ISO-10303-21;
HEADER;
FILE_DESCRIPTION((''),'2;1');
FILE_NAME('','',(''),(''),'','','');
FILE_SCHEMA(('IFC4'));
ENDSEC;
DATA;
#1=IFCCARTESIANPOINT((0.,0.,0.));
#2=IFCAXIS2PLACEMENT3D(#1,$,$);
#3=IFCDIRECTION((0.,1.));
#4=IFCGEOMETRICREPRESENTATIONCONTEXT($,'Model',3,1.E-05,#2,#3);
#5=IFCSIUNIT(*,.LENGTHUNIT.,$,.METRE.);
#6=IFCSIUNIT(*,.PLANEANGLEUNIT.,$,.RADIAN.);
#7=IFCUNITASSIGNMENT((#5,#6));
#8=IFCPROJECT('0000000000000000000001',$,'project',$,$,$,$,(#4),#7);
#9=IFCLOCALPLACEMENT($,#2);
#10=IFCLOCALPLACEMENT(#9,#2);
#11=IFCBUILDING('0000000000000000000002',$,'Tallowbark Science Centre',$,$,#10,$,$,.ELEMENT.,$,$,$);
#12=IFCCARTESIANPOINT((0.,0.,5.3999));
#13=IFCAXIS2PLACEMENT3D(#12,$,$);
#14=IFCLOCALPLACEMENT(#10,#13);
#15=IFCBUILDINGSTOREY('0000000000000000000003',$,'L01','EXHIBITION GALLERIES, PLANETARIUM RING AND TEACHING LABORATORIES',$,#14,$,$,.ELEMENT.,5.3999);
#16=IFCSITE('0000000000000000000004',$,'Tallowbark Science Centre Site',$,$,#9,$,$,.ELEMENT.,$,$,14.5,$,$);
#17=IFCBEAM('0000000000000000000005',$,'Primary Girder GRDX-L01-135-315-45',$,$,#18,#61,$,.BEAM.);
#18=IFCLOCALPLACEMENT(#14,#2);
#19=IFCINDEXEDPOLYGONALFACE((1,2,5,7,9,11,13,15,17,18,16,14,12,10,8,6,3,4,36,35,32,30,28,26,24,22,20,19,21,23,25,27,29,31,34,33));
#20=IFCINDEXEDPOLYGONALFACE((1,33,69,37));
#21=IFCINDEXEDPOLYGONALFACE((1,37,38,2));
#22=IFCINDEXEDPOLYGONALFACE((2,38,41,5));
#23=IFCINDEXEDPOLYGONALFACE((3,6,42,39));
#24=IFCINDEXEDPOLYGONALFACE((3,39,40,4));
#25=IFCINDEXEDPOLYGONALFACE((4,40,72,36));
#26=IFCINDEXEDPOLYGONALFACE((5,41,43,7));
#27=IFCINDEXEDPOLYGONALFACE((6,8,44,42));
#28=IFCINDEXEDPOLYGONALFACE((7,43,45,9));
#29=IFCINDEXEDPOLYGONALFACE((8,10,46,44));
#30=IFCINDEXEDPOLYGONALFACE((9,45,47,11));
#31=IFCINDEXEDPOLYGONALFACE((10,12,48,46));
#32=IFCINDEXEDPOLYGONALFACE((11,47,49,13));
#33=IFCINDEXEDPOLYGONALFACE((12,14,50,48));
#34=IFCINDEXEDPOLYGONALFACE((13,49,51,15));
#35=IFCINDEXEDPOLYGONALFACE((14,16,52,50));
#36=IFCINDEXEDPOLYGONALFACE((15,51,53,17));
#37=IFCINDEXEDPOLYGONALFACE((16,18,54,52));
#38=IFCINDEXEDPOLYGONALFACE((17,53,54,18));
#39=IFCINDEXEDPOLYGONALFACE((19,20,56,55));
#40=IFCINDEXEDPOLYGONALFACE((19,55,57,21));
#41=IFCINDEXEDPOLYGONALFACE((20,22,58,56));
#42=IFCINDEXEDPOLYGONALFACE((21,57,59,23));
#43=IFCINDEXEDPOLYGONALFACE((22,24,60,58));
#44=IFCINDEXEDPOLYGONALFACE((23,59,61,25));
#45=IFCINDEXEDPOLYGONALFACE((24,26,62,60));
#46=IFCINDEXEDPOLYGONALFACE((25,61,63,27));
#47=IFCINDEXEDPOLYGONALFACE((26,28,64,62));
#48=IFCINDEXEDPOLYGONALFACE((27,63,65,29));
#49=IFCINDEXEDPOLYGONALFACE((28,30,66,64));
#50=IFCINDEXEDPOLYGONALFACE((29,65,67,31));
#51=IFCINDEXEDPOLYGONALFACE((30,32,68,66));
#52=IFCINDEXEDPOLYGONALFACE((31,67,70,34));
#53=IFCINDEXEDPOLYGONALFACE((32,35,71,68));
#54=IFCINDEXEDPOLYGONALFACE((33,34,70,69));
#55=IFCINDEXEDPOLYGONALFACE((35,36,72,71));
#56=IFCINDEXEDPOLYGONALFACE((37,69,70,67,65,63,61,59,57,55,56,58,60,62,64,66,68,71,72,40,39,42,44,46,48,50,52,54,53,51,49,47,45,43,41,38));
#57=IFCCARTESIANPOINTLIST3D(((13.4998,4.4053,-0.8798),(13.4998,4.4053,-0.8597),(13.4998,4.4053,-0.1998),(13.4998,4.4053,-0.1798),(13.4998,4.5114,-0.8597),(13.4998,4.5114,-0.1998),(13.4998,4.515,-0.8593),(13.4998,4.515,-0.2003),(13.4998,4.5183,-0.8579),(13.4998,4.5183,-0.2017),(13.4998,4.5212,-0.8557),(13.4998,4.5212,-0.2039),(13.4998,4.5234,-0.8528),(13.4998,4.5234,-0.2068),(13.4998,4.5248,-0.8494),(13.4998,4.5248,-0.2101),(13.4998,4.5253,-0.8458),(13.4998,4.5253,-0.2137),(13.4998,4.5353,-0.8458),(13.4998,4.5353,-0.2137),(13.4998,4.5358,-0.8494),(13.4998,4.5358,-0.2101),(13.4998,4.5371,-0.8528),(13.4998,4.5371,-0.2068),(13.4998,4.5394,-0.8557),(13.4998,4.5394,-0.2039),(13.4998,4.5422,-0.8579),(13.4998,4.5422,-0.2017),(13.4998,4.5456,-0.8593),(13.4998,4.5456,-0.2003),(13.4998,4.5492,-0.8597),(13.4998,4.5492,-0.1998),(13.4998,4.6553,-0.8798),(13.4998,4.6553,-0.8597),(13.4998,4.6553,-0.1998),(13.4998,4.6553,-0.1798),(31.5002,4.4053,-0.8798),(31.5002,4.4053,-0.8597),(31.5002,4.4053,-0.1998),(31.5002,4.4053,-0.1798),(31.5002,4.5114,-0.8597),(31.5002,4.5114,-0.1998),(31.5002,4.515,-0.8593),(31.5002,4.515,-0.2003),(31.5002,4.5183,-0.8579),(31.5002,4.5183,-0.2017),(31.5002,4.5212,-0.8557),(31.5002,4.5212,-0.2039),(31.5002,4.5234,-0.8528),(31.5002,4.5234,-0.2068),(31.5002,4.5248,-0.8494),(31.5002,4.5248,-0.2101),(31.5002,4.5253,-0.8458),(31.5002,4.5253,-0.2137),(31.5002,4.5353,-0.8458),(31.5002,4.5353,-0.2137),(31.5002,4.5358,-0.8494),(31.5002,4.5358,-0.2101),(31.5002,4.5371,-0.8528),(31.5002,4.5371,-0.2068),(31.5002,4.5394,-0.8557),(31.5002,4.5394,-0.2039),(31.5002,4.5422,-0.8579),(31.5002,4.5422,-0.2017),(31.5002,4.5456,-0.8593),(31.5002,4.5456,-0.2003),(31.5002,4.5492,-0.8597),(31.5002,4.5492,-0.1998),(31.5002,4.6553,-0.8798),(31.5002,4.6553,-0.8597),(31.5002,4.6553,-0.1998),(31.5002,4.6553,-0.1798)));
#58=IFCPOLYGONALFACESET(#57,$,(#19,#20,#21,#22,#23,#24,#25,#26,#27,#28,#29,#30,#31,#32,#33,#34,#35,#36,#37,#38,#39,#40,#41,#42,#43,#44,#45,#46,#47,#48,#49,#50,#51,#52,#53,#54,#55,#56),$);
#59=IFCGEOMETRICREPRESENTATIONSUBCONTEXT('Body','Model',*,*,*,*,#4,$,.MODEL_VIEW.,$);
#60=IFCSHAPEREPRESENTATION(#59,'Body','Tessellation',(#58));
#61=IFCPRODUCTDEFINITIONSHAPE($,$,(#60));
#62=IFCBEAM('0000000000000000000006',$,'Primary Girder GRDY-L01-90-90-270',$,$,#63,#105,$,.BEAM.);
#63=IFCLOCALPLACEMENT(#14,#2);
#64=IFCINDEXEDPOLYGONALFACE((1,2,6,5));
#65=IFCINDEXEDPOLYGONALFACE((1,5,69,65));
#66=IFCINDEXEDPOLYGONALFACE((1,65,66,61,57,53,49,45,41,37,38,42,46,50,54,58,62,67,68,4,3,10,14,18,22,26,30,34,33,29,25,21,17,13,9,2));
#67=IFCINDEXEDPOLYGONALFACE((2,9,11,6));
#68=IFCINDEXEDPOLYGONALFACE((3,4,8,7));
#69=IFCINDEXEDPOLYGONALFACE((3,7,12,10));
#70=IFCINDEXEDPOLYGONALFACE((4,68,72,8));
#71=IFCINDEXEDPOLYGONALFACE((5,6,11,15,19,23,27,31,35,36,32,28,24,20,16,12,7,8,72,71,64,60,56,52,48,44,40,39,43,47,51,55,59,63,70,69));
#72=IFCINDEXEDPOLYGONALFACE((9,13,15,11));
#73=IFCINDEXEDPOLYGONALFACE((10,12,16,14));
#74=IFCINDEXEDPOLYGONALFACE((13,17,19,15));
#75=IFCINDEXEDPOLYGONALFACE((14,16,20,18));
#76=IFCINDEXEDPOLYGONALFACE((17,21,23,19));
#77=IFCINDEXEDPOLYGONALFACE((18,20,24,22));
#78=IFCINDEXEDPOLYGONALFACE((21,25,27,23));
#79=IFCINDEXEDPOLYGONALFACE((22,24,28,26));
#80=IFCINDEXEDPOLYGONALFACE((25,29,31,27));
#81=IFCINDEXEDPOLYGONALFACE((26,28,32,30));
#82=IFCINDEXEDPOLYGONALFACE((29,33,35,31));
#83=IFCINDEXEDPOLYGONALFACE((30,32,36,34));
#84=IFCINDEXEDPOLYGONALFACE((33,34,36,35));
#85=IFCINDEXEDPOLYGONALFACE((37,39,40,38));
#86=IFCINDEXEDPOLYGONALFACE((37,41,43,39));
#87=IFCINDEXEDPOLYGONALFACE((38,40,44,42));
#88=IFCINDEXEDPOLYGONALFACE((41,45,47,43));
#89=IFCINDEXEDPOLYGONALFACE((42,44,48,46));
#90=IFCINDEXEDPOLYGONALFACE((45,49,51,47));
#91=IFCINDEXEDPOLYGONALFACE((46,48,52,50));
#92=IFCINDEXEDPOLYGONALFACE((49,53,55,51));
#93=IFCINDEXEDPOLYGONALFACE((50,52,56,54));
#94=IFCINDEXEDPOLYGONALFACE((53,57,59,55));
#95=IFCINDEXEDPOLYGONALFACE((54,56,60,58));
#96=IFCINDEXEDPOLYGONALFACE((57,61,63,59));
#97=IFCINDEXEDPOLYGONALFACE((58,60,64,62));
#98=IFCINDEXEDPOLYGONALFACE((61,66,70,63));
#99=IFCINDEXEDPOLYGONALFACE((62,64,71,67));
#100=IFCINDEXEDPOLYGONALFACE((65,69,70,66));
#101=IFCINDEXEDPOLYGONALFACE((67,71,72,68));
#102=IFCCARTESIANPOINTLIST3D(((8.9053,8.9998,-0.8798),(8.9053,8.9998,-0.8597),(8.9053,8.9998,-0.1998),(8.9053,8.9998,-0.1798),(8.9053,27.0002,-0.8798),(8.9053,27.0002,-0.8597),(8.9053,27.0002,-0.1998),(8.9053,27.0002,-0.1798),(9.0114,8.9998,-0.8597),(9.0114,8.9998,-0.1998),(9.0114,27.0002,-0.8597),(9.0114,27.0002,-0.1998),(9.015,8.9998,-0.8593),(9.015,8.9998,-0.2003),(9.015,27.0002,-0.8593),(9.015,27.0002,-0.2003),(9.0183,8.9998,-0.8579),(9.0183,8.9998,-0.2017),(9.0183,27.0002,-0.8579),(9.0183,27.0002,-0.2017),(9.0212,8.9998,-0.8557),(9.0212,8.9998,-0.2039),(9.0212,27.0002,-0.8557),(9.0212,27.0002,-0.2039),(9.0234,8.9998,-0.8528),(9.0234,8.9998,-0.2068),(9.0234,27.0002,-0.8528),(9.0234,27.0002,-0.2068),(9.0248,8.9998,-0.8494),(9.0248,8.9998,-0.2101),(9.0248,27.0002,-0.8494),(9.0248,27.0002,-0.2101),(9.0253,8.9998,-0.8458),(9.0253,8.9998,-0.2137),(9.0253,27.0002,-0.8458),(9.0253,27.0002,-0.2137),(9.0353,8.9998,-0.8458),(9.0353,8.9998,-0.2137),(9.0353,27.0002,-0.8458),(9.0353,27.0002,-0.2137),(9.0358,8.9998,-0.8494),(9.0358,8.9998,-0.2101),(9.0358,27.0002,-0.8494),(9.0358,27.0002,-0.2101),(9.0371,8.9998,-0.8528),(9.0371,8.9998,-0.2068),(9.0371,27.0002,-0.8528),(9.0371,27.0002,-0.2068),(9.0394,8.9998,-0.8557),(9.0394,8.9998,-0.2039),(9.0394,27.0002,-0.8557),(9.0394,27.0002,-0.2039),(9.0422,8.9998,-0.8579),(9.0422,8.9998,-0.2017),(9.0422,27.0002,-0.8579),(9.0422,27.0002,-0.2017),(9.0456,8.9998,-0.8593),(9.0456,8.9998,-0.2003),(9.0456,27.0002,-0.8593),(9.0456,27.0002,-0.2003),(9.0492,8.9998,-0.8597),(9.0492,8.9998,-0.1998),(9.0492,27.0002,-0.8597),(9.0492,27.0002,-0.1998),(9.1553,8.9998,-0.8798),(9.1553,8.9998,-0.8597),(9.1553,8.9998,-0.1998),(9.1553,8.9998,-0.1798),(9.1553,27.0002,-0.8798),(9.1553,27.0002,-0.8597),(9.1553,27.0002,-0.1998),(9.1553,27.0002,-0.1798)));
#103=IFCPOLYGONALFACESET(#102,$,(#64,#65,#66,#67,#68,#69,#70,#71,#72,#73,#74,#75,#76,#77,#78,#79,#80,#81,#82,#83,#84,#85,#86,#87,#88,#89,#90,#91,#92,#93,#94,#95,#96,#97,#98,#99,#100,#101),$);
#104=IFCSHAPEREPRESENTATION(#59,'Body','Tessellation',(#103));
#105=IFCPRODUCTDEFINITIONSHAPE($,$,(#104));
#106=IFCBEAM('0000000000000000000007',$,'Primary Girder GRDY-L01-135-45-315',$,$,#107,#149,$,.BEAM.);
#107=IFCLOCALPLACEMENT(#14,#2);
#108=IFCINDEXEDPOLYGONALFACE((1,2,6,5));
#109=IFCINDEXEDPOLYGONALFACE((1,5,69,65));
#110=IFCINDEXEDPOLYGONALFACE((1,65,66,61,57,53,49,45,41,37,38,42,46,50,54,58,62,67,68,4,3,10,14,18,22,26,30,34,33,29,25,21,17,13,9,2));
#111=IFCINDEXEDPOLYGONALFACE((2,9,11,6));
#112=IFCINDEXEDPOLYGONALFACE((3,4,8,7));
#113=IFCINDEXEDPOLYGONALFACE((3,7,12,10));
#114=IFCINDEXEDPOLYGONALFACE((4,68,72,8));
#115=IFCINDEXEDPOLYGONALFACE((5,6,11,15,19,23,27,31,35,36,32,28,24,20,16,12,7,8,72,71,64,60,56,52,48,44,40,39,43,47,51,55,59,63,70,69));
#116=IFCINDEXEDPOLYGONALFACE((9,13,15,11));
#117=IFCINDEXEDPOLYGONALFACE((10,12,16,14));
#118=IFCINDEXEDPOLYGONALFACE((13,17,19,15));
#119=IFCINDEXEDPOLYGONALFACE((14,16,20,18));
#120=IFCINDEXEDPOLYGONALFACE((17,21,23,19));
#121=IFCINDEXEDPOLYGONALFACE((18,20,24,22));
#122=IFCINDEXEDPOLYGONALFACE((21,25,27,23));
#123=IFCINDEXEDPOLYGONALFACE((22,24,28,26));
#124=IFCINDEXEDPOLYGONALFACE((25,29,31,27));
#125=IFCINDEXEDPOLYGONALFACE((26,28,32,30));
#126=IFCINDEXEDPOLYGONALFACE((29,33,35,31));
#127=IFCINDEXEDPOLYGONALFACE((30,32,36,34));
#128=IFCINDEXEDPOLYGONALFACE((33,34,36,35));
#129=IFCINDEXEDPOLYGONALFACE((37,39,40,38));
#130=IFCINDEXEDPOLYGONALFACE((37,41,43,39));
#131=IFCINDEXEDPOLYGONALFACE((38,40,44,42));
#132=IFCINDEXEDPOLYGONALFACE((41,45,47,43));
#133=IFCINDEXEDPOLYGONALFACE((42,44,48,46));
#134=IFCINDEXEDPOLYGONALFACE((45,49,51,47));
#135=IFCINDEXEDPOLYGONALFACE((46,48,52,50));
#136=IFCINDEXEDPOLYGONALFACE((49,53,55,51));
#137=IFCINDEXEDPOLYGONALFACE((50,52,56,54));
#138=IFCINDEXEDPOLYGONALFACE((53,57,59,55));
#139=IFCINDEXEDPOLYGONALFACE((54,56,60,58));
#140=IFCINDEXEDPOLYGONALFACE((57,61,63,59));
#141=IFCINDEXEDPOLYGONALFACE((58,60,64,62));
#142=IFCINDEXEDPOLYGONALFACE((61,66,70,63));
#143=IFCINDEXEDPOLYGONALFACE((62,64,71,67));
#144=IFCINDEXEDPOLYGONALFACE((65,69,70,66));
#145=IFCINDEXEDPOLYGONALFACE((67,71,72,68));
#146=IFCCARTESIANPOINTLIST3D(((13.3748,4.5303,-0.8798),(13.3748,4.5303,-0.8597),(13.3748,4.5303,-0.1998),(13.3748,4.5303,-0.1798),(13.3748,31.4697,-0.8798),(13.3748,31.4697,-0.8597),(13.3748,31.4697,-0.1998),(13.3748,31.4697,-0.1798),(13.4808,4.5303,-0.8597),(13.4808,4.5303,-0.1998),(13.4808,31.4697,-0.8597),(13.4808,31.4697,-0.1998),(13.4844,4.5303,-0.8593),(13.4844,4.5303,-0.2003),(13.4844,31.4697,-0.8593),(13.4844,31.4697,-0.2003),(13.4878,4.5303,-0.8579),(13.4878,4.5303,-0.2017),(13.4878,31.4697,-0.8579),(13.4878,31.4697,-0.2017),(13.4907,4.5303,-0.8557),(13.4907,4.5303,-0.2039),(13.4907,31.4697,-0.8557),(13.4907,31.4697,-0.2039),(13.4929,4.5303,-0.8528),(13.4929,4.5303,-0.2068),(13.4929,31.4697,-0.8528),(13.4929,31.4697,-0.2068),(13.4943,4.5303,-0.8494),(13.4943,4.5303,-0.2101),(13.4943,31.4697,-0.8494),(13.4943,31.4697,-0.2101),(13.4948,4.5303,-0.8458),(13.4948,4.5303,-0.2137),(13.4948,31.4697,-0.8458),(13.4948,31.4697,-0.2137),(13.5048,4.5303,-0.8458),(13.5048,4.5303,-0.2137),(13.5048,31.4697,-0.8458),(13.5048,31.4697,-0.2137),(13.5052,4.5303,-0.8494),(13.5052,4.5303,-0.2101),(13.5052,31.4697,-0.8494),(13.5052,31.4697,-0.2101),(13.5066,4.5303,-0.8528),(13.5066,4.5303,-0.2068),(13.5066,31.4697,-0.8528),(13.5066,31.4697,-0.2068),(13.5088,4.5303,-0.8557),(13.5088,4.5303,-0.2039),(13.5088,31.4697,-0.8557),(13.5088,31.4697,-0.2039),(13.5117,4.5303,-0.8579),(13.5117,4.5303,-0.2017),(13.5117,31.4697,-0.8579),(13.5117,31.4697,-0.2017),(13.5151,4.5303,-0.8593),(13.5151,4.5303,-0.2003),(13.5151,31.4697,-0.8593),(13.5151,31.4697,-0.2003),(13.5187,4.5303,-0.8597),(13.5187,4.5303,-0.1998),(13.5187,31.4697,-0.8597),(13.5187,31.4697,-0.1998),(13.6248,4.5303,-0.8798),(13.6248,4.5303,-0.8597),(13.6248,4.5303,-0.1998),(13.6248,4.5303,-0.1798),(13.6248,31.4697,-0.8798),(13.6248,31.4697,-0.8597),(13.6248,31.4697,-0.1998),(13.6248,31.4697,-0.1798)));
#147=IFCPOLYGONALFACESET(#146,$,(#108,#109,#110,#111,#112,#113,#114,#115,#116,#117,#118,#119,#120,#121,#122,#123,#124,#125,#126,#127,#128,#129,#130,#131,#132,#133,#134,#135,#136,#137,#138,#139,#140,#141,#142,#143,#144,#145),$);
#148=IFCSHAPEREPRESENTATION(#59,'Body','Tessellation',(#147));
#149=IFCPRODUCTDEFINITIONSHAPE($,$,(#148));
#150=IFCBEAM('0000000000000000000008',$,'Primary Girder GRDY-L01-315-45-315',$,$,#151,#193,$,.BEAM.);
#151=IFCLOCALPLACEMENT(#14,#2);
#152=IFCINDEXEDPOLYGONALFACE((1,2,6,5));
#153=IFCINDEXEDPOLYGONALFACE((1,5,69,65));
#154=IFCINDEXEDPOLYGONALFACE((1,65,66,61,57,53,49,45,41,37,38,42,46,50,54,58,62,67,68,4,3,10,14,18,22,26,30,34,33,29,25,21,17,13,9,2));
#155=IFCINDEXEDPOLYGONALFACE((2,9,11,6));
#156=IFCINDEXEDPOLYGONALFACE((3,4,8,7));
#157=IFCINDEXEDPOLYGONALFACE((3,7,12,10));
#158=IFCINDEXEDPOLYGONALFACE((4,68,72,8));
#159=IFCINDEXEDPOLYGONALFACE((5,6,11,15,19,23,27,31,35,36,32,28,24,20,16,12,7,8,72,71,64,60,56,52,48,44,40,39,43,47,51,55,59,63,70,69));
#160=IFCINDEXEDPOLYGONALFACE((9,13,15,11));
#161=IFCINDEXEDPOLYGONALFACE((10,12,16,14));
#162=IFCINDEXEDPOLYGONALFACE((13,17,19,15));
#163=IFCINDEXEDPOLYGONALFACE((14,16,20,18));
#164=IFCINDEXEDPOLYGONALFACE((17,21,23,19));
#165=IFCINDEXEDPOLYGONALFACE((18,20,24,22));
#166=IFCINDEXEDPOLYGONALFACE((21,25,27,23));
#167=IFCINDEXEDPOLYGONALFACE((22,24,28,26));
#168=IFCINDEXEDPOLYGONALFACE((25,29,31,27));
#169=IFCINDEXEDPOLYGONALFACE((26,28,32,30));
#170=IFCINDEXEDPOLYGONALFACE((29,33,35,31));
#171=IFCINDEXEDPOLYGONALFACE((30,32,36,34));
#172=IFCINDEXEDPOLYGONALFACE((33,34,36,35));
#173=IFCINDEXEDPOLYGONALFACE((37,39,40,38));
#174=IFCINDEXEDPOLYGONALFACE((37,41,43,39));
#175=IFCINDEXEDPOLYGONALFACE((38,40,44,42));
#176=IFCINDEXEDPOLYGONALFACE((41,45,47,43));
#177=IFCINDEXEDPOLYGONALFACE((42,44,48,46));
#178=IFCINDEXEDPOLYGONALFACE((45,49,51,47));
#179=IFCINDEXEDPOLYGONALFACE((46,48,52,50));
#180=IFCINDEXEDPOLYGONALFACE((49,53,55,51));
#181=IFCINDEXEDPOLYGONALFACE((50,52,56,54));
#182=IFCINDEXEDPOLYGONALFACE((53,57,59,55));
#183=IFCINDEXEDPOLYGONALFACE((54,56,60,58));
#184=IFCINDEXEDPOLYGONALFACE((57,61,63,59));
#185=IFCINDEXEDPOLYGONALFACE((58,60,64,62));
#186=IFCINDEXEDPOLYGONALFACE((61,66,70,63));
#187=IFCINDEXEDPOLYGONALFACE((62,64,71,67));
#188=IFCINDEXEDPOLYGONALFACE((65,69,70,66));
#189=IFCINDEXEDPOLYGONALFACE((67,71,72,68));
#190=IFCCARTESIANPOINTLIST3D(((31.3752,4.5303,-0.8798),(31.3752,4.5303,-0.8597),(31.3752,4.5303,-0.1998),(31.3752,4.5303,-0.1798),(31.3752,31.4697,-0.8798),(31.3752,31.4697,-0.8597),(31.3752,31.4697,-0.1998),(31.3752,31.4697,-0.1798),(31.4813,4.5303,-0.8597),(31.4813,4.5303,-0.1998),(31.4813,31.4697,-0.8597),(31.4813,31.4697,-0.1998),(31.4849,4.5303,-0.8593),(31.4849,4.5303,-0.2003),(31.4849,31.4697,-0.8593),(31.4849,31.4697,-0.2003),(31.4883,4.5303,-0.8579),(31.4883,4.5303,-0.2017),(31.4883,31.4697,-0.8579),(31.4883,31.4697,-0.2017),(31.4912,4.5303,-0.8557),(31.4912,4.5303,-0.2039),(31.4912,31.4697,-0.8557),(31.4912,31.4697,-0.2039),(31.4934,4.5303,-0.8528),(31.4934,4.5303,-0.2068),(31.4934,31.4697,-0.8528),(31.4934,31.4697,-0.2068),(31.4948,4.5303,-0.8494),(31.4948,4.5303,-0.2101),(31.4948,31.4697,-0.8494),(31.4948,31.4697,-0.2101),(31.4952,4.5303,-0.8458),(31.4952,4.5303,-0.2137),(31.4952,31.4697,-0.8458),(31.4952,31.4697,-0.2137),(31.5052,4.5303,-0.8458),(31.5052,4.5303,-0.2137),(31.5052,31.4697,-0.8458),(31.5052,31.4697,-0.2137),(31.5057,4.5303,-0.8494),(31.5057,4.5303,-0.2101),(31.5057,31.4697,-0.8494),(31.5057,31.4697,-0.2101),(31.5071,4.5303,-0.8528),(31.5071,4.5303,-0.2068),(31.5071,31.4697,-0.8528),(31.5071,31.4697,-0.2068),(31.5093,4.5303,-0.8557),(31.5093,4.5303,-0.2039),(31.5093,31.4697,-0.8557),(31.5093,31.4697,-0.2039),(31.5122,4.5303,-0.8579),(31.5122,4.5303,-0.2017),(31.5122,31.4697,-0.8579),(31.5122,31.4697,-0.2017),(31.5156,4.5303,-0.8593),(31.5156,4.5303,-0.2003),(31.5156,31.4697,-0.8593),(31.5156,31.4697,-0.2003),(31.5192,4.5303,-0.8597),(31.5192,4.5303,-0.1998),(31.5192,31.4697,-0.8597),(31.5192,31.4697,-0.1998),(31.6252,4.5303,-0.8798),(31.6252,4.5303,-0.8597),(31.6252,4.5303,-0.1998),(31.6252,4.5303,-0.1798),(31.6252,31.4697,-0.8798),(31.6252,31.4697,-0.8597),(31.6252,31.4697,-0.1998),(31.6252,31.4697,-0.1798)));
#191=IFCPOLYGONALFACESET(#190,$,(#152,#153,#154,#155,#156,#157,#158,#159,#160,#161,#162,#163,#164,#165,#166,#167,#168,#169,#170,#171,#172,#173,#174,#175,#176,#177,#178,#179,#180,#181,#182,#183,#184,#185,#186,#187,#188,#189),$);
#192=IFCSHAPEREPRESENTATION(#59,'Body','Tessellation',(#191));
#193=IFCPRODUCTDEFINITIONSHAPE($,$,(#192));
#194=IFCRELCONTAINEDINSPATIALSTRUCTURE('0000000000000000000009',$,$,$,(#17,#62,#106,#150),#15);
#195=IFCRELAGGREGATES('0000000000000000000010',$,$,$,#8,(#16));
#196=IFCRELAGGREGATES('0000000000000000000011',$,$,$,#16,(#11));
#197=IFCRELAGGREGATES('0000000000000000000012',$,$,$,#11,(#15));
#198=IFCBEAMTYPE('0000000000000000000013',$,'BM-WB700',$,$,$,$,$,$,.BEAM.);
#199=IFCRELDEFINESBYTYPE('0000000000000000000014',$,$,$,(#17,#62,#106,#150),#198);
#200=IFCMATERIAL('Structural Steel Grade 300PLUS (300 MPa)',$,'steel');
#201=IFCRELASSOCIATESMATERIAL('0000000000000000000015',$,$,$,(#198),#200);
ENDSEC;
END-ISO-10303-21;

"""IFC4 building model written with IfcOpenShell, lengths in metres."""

from ifc_helpers import new_model, si_unit, direction, frame, origin, origin_2d, place, context, subcontext, project, spatial, i_section, extrude, material, material_profile, profile_set, type_object, element, save


model = new_model("IFC4")

# Units and contexts
model_context = context("Model", 3, precision=1e-05, world=origin(), true_north=direction((0.0, 1.0)))
body_context = subcontext(model_context, "Body", "Model", "MODEL_VIEW")
ifc_project = project(units=[si_unit("LENGTHUNIT", "METRE"), si_unit("PLANEANGLEUNIT", "RADIAN")], contexts=[model_context])

# Site, building, storey
site_placement = place(None, origin())
site = spatial("IfcSite", under=ifc_project, at=site_placement, Name="Tallowbark Science Centre Site", CompositionType="ELEMENT", RefElevation=14.5)
building_placement = place(site_placement, origin())
building = spatial("IfcBuilding", under=site, at=building_placement, Name="Tallowbark Science Centre", CompositionType="ELEMENT")
storey_placement = place(building_placement, frame((0.0, 0.0, 5.3999)))
storey = spatial("IfcBuildingStorey", under=building, at=storey_placement, Name="L01", Description="EXHIBITION GALLERIES, PLANETARIUM RING AND TEACHING LABORATORIES", CompositionType="ELEMENT", Elevation=5.3999)

# Shared definitions
ifc_material_1 = material(Name="Structural Steel Grade 300PLUS (300 MPa)", Category="steel")

# Beams
ifc_material_profile_1 = material_profile(ifc_material_1, i_section(OverallWidth=0.25, OverallDepth=0.7, WebThickness=0.01, FlangeThickness=0.02, FilletRadius=0.0139, at=origin_2d()), Name="700WB130")
ifc_profile_set_1 = profile_set([ifc_material_profile_1], Name="Structural Steel Grade 300PLUS (300 MPa)")
beam_type_1 = type_object("IfcBeamType", Name="BM-WB700", PredefinedType="BEAM", material=ifc_profile_set_1)
for number, where, z_axis, x_axis, name in (
    (1, (13.4998, 4.5303, -0.5298), (1.0, 0.0, 0.0), (0.0, 1.0, 0.0), "Primary Girder GRDX-L01-135-315-45"),
    (2, (9.0303, 8.9998, -0.5298), (0.0, 1.0, 0.0), (-1.0, 0.0, 0.0), "Primary Girder GRDY-L01-90-90-270"),
):
    element("IfcBeam", number, at=place(storey_placement, frame(where, z_axis=z_axis, x_axis=x_axis)), inside=storey, type_object=beam_type_1, Name=name, PredefinedType="BEAM", context=body_context, shape_type="SweptSolid", body=[
        extrude(i_section(OverallWidth=0.25, OverallDepth=0.7, WebThickness=0.01, FlangeThickness=0.02, FilletRadius=0.0139, at=origin_2d()), origin(), (0.0, 0.0, 1.0), 18.0005),
    ])
for number, where, z_axis, x_axis, name in (
    (3, (13.4998, 4.5303, -0.5298), (0.0, 1.0, 0.0), (-1.0, 0.0, 0.0), "Primary Girder GRDY-L01-135-45-315"),
    (4, (31.5002, 4.5303, -0.5298), (0.0, 1.0, 0.0), (-1.0, 0.0, 0.0), "Primary Girder GRDY-L01-315-45-315"),
):
    element("IfcBeam", number, at=place(storey_placement, frame(where, z_axis=z_axis, x_axis=x_axis)), inside=storey, type_object=beam_type_1, Name=name, PredefinedType="BEAM", context=body_context, shape_type="SweptSolid", body=[
        extrude(i_section(OverallWidth=0.25, OverallDepth=0.7, WebThickness=0.01, FlangeThickness=0.02, FilletRadius=0.0139, at=origin_2d()), origin(), (0.0, 0.0, 1.0), 26.9395),
    ])

save(model, "model.ifc")
